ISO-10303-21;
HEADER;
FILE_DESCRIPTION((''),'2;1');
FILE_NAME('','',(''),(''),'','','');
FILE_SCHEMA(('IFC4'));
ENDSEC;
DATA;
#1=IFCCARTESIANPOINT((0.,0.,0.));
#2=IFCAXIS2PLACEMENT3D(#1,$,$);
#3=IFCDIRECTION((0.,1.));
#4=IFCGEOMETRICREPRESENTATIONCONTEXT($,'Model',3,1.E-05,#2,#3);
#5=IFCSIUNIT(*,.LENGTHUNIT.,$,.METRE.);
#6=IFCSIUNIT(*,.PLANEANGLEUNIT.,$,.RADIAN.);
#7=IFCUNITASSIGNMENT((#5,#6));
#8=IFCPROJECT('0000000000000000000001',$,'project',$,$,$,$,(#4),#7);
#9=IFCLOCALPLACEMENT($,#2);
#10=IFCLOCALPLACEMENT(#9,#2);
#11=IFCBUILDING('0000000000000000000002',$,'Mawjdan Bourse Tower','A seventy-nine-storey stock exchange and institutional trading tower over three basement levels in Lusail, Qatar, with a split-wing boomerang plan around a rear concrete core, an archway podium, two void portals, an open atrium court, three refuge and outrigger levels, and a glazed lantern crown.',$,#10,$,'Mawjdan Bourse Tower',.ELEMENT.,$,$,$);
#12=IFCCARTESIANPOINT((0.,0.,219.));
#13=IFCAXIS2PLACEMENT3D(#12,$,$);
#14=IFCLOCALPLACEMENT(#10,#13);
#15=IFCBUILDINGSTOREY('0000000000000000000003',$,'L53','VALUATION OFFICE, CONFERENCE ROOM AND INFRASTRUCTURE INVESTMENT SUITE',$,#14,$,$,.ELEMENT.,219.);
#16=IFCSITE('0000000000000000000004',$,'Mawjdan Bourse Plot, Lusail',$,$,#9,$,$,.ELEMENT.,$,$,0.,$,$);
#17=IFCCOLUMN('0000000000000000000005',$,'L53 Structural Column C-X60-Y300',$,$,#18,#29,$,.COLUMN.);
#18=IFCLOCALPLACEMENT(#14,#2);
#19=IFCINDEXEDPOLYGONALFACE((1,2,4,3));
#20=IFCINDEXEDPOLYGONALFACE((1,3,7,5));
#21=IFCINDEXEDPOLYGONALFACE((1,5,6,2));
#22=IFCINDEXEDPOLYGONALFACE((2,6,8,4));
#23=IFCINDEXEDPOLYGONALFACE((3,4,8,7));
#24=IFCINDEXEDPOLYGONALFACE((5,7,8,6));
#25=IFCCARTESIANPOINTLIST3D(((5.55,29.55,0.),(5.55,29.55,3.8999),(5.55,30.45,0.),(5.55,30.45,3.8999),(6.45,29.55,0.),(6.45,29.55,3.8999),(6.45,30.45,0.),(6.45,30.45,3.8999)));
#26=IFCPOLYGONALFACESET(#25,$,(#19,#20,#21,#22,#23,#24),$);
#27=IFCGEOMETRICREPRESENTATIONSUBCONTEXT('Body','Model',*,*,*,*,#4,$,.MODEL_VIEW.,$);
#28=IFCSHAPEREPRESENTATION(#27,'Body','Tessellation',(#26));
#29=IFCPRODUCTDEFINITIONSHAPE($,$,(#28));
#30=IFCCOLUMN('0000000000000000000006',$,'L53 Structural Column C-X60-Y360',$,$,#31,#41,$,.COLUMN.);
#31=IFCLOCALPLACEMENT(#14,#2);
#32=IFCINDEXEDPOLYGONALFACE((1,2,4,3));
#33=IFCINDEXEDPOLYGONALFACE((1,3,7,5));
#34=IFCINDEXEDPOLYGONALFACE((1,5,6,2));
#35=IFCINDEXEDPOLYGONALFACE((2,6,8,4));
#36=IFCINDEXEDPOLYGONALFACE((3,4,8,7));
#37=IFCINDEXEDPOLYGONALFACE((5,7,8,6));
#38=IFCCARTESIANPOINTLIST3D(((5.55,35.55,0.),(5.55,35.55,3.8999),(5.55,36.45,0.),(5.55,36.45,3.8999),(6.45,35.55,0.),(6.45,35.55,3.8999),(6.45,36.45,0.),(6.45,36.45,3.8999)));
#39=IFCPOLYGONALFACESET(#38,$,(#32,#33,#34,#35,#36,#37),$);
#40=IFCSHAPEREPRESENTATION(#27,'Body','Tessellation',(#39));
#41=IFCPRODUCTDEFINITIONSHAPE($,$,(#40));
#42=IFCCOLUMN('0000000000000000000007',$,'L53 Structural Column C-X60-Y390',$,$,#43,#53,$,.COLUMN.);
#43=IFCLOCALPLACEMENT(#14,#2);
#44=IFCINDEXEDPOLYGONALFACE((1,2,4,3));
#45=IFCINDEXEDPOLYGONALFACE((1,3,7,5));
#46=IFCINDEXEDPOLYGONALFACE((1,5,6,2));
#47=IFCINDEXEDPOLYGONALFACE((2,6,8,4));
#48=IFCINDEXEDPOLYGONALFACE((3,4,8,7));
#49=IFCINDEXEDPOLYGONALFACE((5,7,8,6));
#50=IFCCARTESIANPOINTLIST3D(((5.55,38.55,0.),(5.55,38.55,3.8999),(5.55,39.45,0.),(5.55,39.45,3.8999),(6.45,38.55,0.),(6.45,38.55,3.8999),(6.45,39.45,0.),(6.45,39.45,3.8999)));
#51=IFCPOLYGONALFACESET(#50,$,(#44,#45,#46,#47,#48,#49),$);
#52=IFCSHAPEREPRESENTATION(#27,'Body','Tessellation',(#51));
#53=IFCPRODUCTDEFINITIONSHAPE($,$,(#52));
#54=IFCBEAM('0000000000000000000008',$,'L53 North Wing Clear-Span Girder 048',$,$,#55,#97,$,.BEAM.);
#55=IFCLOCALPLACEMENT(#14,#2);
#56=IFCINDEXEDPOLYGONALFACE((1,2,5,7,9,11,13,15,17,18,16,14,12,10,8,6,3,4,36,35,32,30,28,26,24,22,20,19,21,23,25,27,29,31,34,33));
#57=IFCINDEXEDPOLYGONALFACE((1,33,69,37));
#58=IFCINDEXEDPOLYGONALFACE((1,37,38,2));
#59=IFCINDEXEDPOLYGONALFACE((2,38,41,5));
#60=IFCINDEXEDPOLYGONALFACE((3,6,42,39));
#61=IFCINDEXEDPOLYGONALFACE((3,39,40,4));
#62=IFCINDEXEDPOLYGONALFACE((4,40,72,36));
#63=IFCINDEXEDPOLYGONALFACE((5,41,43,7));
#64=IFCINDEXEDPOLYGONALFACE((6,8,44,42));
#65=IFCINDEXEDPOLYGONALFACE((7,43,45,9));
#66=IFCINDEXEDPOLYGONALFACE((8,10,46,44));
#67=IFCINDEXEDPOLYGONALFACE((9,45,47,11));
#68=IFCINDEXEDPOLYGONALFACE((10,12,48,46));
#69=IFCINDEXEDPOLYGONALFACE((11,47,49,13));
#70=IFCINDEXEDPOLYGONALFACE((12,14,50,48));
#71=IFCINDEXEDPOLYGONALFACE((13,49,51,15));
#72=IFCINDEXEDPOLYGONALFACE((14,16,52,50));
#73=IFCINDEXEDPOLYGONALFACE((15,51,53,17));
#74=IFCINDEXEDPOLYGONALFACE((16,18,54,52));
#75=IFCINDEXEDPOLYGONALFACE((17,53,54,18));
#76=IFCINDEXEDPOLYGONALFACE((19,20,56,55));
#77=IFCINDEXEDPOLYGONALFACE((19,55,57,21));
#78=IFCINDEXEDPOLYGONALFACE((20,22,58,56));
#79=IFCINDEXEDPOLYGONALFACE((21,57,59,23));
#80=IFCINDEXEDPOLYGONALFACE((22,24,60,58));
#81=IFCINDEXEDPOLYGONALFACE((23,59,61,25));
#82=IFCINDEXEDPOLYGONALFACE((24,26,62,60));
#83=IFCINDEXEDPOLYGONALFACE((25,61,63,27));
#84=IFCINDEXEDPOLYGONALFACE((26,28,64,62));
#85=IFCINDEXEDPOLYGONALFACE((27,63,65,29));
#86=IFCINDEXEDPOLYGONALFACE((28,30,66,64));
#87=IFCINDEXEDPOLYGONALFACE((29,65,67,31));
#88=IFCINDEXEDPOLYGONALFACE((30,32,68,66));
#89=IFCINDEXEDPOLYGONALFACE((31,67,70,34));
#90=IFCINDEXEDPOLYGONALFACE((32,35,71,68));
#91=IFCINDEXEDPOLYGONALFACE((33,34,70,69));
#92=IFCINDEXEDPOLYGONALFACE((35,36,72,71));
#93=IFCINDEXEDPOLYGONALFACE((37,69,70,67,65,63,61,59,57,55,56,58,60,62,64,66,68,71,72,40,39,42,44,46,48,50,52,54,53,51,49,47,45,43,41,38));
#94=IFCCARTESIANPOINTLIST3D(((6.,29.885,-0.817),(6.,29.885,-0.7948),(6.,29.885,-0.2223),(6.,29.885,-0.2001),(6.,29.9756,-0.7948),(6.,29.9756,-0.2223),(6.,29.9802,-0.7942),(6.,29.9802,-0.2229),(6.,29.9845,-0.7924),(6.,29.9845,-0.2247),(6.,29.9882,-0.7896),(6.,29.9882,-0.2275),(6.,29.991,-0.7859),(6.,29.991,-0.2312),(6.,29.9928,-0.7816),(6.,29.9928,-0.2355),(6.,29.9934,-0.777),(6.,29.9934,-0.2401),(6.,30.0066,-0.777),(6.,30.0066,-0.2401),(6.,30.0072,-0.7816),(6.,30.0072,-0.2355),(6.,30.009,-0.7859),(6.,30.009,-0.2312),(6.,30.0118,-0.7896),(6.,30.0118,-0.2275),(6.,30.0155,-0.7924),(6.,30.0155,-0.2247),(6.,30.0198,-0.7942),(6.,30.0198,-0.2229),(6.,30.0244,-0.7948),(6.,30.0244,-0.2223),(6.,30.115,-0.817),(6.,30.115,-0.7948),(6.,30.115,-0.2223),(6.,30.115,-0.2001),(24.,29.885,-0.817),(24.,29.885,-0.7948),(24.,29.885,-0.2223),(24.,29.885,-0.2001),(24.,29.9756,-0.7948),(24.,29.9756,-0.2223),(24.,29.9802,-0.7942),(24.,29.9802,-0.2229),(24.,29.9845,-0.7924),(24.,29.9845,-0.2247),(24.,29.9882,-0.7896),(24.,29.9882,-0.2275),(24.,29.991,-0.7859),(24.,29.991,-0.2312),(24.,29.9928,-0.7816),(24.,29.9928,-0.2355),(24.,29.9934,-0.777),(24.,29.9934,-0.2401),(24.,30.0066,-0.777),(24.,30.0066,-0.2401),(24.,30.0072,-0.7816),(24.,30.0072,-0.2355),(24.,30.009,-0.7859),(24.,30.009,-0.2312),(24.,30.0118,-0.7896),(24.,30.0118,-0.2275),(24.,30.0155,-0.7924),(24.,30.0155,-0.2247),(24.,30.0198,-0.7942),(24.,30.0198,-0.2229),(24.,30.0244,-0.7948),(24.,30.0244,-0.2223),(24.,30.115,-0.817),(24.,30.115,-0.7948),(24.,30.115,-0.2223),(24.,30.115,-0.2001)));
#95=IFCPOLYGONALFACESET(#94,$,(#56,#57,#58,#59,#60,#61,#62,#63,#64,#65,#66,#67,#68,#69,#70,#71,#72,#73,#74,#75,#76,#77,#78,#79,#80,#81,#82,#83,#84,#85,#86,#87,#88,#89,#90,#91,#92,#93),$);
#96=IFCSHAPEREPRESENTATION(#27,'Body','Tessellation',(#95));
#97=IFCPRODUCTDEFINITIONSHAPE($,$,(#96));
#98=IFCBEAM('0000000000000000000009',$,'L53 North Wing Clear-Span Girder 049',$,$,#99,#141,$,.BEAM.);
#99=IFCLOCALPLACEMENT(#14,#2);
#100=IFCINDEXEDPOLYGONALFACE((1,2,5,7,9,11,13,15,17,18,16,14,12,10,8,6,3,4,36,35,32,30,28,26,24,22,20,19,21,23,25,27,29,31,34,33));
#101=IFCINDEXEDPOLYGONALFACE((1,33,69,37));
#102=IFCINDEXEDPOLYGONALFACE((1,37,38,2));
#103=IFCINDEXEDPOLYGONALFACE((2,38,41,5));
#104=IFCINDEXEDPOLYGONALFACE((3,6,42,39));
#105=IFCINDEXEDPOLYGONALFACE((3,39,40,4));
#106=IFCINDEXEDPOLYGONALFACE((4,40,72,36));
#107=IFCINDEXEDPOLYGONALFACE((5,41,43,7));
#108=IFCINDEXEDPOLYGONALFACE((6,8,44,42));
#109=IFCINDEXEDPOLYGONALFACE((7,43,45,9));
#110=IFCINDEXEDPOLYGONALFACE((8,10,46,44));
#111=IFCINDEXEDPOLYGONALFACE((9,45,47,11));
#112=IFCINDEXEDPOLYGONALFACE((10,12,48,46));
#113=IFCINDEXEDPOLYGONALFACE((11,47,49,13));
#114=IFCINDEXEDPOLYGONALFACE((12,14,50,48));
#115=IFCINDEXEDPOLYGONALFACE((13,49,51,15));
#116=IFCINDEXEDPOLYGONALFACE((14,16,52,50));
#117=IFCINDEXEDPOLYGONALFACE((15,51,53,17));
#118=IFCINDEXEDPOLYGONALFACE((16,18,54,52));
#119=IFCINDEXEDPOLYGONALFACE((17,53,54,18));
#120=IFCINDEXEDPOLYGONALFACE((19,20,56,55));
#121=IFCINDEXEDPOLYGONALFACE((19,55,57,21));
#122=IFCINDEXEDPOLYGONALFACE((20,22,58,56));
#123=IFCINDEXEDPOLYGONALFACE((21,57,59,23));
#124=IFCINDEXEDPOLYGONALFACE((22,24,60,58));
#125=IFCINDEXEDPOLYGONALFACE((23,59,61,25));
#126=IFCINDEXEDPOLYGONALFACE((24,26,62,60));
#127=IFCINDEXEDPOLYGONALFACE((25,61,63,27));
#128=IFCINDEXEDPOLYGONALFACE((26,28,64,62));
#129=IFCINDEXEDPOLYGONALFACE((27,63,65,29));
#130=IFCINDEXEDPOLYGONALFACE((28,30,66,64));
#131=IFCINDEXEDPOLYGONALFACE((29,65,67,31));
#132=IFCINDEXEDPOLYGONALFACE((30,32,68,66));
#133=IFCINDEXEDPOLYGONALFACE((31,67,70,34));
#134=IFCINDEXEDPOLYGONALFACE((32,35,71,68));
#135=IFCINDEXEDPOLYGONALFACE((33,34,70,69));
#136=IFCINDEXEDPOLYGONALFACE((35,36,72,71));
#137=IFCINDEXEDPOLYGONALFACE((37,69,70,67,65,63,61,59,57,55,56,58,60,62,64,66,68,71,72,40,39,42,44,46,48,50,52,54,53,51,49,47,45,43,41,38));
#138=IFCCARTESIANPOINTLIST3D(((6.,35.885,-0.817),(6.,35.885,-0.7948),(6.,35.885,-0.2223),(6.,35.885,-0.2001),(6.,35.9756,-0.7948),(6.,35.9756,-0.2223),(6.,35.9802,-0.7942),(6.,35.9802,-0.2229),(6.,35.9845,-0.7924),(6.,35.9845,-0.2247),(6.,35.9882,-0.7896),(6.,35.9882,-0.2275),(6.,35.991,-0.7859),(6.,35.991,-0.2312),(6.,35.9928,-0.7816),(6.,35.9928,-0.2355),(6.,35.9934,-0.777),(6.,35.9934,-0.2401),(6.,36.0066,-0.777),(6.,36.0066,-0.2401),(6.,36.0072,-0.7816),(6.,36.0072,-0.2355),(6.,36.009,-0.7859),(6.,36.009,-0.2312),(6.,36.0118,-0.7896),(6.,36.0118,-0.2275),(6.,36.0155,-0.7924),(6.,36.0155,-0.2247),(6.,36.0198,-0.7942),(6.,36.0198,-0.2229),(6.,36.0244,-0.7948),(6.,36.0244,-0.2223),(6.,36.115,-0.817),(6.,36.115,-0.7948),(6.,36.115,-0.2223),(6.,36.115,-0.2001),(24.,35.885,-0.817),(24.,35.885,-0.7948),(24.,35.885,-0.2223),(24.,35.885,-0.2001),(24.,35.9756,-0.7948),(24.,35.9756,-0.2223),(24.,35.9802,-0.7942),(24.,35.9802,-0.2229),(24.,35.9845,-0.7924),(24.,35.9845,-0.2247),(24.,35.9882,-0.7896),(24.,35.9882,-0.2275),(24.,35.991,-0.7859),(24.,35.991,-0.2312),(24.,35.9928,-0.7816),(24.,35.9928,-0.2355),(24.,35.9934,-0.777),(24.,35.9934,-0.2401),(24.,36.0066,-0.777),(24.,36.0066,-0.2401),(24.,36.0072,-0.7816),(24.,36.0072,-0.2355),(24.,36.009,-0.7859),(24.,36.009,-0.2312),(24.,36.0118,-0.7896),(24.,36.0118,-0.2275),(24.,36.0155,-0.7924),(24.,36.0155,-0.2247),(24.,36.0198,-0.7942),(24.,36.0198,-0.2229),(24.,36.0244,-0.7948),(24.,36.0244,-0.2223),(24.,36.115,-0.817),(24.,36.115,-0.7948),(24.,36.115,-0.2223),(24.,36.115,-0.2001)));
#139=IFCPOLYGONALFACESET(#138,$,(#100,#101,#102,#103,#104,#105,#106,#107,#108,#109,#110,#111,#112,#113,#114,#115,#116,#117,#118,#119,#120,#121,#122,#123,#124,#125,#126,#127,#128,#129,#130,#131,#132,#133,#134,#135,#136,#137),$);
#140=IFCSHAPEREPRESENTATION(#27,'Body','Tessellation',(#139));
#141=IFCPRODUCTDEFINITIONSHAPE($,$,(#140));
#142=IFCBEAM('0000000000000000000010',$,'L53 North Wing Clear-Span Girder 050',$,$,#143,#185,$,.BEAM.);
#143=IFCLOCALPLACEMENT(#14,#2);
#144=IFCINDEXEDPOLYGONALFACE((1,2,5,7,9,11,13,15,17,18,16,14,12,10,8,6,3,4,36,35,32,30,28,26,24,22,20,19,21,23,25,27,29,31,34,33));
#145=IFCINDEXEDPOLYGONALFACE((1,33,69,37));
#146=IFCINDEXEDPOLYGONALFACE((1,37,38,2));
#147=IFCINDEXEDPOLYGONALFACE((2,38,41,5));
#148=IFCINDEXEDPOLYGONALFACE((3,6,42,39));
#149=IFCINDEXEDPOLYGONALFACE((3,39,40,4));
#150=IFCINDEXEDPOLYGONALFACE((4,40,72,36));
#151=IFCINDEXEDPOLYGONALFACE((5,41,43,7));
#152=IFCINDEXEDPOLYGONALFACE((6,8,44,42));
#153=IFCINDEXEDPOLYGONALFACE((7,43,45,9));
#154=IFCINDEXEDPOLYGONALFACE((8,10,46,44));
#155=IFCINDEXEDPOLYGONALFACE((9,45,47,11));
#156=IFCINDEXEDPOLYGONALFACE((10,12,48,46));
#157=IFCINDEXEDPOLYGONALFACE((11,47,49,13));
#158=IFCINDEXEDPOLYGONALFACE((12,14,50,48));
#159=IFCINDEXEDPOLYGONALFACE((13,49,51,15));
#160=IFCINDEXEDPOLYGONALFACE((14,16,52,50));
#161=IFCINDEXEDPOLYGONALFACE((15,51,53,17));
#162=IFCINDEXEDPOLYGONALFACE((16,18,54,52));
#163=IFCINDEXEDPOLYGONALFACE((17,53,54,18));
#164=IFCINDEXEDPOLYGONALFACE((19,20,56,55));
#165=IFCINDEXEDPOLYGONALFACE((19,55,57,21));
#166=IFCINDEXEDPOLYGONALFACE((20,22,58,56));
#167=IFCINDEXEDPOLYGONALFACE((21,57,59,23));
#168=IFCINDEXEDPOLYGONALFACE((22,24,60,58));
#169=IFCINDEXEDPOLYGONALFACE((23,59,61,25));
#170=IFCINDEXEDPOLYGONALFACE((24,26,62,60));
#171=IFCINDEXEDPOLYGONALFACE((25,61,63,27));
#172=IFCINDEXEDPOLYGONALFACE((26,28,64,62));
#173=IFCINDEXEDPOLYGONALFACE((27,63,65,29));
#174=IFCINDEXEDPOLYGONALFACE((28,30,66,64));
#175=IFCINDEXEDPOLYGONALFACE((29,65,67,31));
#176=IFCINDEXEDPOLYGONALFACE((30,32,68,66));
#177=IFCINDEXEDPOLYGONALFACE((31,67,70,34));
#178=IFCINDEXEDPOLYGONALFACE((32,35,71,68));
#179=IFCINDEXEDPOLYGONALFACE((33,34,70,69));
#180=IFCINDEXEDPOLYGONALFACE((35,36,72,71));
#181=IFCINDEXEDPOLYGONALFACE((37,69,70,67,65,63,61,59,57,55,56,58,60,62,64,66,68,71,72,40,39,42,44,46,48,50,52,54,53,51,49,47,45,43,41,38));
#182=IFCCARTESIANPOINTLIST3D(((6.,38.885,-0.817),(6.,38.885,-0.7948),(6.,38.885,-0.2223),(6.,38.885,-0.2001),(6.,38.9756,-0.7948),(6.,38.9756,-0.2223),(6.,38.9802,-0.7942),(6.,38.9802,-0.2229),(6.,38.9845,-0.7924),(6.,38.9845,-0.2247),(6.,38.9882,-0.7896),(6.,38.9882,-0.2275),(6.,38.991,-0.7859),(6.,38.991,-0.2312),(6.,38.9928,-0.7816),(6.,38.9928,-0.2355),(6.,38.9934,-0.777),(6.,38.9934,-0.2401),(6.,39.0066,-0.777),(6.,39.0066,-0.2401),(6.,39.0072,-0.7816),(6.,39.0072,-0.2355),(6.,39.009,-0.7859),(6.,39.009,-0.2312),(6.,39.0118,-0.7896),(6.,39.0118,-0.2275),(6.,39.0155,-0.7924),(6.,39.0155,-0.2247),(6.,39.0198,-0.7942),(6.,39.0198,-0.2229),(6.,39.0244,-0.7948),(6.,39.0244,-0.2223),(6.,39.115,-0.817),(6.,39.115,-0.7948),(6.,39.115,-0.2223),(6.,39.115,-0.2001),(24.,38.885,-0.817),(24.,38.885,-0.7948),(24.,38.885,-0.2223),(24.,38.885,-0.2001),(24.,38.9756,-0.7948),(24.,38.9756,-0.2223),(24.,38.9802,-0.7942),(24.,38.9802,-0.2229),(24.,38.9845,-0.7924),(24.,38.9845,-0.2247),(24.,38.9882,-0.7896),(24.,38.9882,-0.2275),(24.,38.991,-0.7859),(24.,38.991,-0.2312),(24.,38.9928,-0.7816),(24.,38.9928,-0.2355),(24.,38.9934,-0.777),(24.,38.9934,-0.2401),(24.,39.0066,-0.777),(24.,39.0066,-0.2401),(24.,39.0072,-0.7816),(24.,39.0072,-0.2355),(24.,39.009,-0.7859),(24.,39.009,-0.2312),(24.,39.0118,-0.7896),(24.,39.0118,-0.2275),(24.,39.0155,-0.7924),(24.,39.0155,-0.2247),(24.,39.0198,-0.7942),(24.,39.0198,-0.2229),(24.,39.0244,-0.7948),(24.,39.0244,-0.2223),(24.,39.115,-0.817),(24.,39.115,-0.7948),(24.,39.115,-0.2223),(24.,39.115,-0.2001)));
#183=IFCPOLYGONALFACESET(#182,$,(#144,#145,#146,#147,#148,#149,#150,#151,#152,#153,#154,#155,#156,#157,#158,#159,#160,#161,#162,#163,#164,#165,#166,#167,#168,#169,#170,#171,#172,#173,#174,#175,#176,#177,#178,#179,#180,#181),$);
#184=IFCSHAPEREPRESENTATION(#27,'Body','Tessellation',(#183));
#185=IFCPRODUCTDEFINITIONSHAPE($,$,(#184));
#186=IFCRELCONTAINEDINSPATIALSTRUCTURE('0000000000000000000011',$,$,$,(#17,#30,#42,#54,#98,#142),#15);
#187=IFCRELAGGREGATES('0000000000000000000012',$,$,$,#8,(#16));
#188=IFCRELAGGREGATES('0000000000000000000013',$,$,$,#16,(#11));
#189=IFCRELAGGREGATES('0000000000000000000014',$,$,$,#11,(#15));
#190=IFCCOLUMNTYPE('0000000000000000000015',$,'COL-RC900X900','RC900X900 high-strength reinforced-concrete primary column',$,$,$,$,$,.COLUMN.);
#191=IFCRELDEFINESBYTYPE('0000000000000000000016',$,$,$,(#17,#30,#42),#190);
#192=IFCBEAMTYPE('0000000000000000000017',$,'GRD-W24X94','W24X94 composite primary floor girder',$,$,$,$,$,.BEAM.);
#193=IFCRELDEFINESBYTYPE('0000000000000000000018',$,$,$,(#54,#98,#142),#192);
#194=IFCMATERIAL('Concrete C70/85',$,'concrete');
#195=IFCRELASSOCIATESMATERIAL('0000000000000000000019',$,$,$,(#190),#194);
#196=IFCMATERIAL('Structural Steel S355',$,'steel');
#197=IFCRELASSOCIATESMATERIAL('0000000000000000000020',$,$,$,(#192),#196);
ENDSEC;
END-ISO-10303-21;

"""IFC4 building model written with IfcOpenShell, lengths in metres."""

from ifc_helpers import new_model, si_unit, direction, frame, origin, origin_2d, place, context, subcontext, project, spatial, rectangle, i_section, extrude, material, material_profile, profile_set, type_object, element, save


model = new_model("IFC4")

# Units and contexts
model_context = context("Model", 3, precision=1e-05, world=origin(), true_north=direction((0.0, 1.0)))
body_context = subcontext(model_context, "Body", "Model", "MODEL_VIEW")
ifc_project = project(units=[si_unit("LENGTHUNIT", "METRE"), si_unit("PLANEANGLEUNIT", "RADIAN")], contexts=[model_context])

# Site, building, storey
site_placement = place(None, origin())
site = spatial("IfcSite", under=ifc_project, at=site_placement, Name="Mawjdan Bourse Plot, Lusail", CompositionType="ELEMENT", RefElevation=0.0)
building_placement = place(site_placement, origin())
building = spatial("IfcBuilding", under=site, at=building_placement, Name="Mawjdan Bourse Tower", Description="A seventy-nine-storey stock exchange and institutional trading tower over three basement levels in Lusail, Qatar, with a split-wing boomerang plan around a rear concrete core, an archway podium, two void portals, an open atrium court, three refuge and outrigger levels, and a glazed lantern crown.", LongName="Mawjdan Bourse Tower", CompositionType="ELEMENT")
storey_placement = place(building_placement, frame((0.0, 0.0, 219.0)))
storey = spatial("IfcBuildingStorey", under=building, at=storey_placement, Name="L53", Description="VALUATION OFFICE, CONFERENCE ROOM AND INFRASTRUCTURE INVESTMENT SUITE", CompositionType="ELEMENT", Elevation=219.0)

# Columns
ifc_material_1 = material(Name="Concrete C70/85", Category="concrete")
ifc_material_profile_1 = material_profile(ifc_material_1, rectangle(XDim=0.8999, YDim=0.8999, at=origin_2d()), Name="RC900X900")
ifc_profile_set_1 = profile_set([ifc_material_profile_1], Name="Concrete C70/85")
column_type = type_object("IfcColumnType", Name="COL-RC900X900", Description="RC900X900 high-strength reinforced-concrete primary column", PredefinedType="COLUMN", material=ifc_profile_set_1)
for number, where, z_axis, x_axis, name in (
    (1, (6.0, 30.0, 0.0), (0.0, 0.0, 1.0), (1.0, 0.0, 0.0), "L53 Structural Column C-X60-Y300"),
    (2, (6.0, 36.0, 0.0), (0.0, 0.0, 1.0), (1.0, 0.0, 0.0), "L53 Structural Column C-X60-Y360"),
    (3, (6.0, 39.0, 0.0), (0.0, 0.0, 1.0), (1.0, 0.0, 0.0), "L53 Structural Column C-X60-Y390"),
):
    element("IfcColumn", number, at=place(storey_placement, frame(where, z_axis=z_axis, x_axis=x_axis)), inside=storey, type_object=column_type, Name=name, PredefinedType="COLUMN", context=body_context, shape_type="SweptSolid", body=[
        extrude(rectangle(XDim=0.8999, YDim=0.8999, at=origin_2d()), origin(), (0.0, 0.0, 1.0), 3.8999),
    ])

# Beams
ifc_material_2 = material(Name="Structural Steel S355", Category="steel")
ifc_material_profile_2 = material_profile(ifc_material_2, i_section(OverallWidth=0.23, OverallDepth=0.6169, WebThickness=0.0132, FlangeThickness=0.0222, FilletRadius=0.0178, at=origin_2d()), Name="W24X94")
ifc_profile_set_2 = profile_set([ifc_material_profile_2], Name="Structural Steel S355")
beam_type_1 = type_object("IfcBeamType", Name="GRD-W24X94", Description="W24X94 composite primary floor girder", PredefinedType="BEAM", material=ifc_profile_set_2)
for number, where, z_axis, x_axis, name in (
    (4, (6.0, 30.0, -0.5085), (1.0, 0.0, 0.0), (0.0, 1.0, 0.0), "L53 North Wing Clear-Span Girder 048"),
    (5, (6.0, 36.0, -0.5085), (1.0, 0.0, 0.0), (0.0, 1.0, 0.0), "L53 North Wing Clear-Span Girder 049"),
    (6, (6.0, 39.0, -0.5085), (1.0, 0.0, 0.0), (0.0, 1.0, 0.0), "L53 North Wing Clear-Span Girder 050"),
):
    element("IfcBeam", number, at=place(storey_placement, frame(where, z_axis=z_axis, x_axis=x_axis)), inside=storey, type_object=beam_type_1, Name=name, PredefinedType="BEAM", context=body_context, shape_type="SweptSolid", body=[
        extrude(i_section(OverallWidth=0.23, OverallDepth=0.6169, WebThickness=0.0132, FlangeThickness=0.0222, FilletRadius=0.0178, at=origin_2d()), origin(), (0.0, 0.0, 1.0), 18.0),
    ])

save(model, "model.ifc")
